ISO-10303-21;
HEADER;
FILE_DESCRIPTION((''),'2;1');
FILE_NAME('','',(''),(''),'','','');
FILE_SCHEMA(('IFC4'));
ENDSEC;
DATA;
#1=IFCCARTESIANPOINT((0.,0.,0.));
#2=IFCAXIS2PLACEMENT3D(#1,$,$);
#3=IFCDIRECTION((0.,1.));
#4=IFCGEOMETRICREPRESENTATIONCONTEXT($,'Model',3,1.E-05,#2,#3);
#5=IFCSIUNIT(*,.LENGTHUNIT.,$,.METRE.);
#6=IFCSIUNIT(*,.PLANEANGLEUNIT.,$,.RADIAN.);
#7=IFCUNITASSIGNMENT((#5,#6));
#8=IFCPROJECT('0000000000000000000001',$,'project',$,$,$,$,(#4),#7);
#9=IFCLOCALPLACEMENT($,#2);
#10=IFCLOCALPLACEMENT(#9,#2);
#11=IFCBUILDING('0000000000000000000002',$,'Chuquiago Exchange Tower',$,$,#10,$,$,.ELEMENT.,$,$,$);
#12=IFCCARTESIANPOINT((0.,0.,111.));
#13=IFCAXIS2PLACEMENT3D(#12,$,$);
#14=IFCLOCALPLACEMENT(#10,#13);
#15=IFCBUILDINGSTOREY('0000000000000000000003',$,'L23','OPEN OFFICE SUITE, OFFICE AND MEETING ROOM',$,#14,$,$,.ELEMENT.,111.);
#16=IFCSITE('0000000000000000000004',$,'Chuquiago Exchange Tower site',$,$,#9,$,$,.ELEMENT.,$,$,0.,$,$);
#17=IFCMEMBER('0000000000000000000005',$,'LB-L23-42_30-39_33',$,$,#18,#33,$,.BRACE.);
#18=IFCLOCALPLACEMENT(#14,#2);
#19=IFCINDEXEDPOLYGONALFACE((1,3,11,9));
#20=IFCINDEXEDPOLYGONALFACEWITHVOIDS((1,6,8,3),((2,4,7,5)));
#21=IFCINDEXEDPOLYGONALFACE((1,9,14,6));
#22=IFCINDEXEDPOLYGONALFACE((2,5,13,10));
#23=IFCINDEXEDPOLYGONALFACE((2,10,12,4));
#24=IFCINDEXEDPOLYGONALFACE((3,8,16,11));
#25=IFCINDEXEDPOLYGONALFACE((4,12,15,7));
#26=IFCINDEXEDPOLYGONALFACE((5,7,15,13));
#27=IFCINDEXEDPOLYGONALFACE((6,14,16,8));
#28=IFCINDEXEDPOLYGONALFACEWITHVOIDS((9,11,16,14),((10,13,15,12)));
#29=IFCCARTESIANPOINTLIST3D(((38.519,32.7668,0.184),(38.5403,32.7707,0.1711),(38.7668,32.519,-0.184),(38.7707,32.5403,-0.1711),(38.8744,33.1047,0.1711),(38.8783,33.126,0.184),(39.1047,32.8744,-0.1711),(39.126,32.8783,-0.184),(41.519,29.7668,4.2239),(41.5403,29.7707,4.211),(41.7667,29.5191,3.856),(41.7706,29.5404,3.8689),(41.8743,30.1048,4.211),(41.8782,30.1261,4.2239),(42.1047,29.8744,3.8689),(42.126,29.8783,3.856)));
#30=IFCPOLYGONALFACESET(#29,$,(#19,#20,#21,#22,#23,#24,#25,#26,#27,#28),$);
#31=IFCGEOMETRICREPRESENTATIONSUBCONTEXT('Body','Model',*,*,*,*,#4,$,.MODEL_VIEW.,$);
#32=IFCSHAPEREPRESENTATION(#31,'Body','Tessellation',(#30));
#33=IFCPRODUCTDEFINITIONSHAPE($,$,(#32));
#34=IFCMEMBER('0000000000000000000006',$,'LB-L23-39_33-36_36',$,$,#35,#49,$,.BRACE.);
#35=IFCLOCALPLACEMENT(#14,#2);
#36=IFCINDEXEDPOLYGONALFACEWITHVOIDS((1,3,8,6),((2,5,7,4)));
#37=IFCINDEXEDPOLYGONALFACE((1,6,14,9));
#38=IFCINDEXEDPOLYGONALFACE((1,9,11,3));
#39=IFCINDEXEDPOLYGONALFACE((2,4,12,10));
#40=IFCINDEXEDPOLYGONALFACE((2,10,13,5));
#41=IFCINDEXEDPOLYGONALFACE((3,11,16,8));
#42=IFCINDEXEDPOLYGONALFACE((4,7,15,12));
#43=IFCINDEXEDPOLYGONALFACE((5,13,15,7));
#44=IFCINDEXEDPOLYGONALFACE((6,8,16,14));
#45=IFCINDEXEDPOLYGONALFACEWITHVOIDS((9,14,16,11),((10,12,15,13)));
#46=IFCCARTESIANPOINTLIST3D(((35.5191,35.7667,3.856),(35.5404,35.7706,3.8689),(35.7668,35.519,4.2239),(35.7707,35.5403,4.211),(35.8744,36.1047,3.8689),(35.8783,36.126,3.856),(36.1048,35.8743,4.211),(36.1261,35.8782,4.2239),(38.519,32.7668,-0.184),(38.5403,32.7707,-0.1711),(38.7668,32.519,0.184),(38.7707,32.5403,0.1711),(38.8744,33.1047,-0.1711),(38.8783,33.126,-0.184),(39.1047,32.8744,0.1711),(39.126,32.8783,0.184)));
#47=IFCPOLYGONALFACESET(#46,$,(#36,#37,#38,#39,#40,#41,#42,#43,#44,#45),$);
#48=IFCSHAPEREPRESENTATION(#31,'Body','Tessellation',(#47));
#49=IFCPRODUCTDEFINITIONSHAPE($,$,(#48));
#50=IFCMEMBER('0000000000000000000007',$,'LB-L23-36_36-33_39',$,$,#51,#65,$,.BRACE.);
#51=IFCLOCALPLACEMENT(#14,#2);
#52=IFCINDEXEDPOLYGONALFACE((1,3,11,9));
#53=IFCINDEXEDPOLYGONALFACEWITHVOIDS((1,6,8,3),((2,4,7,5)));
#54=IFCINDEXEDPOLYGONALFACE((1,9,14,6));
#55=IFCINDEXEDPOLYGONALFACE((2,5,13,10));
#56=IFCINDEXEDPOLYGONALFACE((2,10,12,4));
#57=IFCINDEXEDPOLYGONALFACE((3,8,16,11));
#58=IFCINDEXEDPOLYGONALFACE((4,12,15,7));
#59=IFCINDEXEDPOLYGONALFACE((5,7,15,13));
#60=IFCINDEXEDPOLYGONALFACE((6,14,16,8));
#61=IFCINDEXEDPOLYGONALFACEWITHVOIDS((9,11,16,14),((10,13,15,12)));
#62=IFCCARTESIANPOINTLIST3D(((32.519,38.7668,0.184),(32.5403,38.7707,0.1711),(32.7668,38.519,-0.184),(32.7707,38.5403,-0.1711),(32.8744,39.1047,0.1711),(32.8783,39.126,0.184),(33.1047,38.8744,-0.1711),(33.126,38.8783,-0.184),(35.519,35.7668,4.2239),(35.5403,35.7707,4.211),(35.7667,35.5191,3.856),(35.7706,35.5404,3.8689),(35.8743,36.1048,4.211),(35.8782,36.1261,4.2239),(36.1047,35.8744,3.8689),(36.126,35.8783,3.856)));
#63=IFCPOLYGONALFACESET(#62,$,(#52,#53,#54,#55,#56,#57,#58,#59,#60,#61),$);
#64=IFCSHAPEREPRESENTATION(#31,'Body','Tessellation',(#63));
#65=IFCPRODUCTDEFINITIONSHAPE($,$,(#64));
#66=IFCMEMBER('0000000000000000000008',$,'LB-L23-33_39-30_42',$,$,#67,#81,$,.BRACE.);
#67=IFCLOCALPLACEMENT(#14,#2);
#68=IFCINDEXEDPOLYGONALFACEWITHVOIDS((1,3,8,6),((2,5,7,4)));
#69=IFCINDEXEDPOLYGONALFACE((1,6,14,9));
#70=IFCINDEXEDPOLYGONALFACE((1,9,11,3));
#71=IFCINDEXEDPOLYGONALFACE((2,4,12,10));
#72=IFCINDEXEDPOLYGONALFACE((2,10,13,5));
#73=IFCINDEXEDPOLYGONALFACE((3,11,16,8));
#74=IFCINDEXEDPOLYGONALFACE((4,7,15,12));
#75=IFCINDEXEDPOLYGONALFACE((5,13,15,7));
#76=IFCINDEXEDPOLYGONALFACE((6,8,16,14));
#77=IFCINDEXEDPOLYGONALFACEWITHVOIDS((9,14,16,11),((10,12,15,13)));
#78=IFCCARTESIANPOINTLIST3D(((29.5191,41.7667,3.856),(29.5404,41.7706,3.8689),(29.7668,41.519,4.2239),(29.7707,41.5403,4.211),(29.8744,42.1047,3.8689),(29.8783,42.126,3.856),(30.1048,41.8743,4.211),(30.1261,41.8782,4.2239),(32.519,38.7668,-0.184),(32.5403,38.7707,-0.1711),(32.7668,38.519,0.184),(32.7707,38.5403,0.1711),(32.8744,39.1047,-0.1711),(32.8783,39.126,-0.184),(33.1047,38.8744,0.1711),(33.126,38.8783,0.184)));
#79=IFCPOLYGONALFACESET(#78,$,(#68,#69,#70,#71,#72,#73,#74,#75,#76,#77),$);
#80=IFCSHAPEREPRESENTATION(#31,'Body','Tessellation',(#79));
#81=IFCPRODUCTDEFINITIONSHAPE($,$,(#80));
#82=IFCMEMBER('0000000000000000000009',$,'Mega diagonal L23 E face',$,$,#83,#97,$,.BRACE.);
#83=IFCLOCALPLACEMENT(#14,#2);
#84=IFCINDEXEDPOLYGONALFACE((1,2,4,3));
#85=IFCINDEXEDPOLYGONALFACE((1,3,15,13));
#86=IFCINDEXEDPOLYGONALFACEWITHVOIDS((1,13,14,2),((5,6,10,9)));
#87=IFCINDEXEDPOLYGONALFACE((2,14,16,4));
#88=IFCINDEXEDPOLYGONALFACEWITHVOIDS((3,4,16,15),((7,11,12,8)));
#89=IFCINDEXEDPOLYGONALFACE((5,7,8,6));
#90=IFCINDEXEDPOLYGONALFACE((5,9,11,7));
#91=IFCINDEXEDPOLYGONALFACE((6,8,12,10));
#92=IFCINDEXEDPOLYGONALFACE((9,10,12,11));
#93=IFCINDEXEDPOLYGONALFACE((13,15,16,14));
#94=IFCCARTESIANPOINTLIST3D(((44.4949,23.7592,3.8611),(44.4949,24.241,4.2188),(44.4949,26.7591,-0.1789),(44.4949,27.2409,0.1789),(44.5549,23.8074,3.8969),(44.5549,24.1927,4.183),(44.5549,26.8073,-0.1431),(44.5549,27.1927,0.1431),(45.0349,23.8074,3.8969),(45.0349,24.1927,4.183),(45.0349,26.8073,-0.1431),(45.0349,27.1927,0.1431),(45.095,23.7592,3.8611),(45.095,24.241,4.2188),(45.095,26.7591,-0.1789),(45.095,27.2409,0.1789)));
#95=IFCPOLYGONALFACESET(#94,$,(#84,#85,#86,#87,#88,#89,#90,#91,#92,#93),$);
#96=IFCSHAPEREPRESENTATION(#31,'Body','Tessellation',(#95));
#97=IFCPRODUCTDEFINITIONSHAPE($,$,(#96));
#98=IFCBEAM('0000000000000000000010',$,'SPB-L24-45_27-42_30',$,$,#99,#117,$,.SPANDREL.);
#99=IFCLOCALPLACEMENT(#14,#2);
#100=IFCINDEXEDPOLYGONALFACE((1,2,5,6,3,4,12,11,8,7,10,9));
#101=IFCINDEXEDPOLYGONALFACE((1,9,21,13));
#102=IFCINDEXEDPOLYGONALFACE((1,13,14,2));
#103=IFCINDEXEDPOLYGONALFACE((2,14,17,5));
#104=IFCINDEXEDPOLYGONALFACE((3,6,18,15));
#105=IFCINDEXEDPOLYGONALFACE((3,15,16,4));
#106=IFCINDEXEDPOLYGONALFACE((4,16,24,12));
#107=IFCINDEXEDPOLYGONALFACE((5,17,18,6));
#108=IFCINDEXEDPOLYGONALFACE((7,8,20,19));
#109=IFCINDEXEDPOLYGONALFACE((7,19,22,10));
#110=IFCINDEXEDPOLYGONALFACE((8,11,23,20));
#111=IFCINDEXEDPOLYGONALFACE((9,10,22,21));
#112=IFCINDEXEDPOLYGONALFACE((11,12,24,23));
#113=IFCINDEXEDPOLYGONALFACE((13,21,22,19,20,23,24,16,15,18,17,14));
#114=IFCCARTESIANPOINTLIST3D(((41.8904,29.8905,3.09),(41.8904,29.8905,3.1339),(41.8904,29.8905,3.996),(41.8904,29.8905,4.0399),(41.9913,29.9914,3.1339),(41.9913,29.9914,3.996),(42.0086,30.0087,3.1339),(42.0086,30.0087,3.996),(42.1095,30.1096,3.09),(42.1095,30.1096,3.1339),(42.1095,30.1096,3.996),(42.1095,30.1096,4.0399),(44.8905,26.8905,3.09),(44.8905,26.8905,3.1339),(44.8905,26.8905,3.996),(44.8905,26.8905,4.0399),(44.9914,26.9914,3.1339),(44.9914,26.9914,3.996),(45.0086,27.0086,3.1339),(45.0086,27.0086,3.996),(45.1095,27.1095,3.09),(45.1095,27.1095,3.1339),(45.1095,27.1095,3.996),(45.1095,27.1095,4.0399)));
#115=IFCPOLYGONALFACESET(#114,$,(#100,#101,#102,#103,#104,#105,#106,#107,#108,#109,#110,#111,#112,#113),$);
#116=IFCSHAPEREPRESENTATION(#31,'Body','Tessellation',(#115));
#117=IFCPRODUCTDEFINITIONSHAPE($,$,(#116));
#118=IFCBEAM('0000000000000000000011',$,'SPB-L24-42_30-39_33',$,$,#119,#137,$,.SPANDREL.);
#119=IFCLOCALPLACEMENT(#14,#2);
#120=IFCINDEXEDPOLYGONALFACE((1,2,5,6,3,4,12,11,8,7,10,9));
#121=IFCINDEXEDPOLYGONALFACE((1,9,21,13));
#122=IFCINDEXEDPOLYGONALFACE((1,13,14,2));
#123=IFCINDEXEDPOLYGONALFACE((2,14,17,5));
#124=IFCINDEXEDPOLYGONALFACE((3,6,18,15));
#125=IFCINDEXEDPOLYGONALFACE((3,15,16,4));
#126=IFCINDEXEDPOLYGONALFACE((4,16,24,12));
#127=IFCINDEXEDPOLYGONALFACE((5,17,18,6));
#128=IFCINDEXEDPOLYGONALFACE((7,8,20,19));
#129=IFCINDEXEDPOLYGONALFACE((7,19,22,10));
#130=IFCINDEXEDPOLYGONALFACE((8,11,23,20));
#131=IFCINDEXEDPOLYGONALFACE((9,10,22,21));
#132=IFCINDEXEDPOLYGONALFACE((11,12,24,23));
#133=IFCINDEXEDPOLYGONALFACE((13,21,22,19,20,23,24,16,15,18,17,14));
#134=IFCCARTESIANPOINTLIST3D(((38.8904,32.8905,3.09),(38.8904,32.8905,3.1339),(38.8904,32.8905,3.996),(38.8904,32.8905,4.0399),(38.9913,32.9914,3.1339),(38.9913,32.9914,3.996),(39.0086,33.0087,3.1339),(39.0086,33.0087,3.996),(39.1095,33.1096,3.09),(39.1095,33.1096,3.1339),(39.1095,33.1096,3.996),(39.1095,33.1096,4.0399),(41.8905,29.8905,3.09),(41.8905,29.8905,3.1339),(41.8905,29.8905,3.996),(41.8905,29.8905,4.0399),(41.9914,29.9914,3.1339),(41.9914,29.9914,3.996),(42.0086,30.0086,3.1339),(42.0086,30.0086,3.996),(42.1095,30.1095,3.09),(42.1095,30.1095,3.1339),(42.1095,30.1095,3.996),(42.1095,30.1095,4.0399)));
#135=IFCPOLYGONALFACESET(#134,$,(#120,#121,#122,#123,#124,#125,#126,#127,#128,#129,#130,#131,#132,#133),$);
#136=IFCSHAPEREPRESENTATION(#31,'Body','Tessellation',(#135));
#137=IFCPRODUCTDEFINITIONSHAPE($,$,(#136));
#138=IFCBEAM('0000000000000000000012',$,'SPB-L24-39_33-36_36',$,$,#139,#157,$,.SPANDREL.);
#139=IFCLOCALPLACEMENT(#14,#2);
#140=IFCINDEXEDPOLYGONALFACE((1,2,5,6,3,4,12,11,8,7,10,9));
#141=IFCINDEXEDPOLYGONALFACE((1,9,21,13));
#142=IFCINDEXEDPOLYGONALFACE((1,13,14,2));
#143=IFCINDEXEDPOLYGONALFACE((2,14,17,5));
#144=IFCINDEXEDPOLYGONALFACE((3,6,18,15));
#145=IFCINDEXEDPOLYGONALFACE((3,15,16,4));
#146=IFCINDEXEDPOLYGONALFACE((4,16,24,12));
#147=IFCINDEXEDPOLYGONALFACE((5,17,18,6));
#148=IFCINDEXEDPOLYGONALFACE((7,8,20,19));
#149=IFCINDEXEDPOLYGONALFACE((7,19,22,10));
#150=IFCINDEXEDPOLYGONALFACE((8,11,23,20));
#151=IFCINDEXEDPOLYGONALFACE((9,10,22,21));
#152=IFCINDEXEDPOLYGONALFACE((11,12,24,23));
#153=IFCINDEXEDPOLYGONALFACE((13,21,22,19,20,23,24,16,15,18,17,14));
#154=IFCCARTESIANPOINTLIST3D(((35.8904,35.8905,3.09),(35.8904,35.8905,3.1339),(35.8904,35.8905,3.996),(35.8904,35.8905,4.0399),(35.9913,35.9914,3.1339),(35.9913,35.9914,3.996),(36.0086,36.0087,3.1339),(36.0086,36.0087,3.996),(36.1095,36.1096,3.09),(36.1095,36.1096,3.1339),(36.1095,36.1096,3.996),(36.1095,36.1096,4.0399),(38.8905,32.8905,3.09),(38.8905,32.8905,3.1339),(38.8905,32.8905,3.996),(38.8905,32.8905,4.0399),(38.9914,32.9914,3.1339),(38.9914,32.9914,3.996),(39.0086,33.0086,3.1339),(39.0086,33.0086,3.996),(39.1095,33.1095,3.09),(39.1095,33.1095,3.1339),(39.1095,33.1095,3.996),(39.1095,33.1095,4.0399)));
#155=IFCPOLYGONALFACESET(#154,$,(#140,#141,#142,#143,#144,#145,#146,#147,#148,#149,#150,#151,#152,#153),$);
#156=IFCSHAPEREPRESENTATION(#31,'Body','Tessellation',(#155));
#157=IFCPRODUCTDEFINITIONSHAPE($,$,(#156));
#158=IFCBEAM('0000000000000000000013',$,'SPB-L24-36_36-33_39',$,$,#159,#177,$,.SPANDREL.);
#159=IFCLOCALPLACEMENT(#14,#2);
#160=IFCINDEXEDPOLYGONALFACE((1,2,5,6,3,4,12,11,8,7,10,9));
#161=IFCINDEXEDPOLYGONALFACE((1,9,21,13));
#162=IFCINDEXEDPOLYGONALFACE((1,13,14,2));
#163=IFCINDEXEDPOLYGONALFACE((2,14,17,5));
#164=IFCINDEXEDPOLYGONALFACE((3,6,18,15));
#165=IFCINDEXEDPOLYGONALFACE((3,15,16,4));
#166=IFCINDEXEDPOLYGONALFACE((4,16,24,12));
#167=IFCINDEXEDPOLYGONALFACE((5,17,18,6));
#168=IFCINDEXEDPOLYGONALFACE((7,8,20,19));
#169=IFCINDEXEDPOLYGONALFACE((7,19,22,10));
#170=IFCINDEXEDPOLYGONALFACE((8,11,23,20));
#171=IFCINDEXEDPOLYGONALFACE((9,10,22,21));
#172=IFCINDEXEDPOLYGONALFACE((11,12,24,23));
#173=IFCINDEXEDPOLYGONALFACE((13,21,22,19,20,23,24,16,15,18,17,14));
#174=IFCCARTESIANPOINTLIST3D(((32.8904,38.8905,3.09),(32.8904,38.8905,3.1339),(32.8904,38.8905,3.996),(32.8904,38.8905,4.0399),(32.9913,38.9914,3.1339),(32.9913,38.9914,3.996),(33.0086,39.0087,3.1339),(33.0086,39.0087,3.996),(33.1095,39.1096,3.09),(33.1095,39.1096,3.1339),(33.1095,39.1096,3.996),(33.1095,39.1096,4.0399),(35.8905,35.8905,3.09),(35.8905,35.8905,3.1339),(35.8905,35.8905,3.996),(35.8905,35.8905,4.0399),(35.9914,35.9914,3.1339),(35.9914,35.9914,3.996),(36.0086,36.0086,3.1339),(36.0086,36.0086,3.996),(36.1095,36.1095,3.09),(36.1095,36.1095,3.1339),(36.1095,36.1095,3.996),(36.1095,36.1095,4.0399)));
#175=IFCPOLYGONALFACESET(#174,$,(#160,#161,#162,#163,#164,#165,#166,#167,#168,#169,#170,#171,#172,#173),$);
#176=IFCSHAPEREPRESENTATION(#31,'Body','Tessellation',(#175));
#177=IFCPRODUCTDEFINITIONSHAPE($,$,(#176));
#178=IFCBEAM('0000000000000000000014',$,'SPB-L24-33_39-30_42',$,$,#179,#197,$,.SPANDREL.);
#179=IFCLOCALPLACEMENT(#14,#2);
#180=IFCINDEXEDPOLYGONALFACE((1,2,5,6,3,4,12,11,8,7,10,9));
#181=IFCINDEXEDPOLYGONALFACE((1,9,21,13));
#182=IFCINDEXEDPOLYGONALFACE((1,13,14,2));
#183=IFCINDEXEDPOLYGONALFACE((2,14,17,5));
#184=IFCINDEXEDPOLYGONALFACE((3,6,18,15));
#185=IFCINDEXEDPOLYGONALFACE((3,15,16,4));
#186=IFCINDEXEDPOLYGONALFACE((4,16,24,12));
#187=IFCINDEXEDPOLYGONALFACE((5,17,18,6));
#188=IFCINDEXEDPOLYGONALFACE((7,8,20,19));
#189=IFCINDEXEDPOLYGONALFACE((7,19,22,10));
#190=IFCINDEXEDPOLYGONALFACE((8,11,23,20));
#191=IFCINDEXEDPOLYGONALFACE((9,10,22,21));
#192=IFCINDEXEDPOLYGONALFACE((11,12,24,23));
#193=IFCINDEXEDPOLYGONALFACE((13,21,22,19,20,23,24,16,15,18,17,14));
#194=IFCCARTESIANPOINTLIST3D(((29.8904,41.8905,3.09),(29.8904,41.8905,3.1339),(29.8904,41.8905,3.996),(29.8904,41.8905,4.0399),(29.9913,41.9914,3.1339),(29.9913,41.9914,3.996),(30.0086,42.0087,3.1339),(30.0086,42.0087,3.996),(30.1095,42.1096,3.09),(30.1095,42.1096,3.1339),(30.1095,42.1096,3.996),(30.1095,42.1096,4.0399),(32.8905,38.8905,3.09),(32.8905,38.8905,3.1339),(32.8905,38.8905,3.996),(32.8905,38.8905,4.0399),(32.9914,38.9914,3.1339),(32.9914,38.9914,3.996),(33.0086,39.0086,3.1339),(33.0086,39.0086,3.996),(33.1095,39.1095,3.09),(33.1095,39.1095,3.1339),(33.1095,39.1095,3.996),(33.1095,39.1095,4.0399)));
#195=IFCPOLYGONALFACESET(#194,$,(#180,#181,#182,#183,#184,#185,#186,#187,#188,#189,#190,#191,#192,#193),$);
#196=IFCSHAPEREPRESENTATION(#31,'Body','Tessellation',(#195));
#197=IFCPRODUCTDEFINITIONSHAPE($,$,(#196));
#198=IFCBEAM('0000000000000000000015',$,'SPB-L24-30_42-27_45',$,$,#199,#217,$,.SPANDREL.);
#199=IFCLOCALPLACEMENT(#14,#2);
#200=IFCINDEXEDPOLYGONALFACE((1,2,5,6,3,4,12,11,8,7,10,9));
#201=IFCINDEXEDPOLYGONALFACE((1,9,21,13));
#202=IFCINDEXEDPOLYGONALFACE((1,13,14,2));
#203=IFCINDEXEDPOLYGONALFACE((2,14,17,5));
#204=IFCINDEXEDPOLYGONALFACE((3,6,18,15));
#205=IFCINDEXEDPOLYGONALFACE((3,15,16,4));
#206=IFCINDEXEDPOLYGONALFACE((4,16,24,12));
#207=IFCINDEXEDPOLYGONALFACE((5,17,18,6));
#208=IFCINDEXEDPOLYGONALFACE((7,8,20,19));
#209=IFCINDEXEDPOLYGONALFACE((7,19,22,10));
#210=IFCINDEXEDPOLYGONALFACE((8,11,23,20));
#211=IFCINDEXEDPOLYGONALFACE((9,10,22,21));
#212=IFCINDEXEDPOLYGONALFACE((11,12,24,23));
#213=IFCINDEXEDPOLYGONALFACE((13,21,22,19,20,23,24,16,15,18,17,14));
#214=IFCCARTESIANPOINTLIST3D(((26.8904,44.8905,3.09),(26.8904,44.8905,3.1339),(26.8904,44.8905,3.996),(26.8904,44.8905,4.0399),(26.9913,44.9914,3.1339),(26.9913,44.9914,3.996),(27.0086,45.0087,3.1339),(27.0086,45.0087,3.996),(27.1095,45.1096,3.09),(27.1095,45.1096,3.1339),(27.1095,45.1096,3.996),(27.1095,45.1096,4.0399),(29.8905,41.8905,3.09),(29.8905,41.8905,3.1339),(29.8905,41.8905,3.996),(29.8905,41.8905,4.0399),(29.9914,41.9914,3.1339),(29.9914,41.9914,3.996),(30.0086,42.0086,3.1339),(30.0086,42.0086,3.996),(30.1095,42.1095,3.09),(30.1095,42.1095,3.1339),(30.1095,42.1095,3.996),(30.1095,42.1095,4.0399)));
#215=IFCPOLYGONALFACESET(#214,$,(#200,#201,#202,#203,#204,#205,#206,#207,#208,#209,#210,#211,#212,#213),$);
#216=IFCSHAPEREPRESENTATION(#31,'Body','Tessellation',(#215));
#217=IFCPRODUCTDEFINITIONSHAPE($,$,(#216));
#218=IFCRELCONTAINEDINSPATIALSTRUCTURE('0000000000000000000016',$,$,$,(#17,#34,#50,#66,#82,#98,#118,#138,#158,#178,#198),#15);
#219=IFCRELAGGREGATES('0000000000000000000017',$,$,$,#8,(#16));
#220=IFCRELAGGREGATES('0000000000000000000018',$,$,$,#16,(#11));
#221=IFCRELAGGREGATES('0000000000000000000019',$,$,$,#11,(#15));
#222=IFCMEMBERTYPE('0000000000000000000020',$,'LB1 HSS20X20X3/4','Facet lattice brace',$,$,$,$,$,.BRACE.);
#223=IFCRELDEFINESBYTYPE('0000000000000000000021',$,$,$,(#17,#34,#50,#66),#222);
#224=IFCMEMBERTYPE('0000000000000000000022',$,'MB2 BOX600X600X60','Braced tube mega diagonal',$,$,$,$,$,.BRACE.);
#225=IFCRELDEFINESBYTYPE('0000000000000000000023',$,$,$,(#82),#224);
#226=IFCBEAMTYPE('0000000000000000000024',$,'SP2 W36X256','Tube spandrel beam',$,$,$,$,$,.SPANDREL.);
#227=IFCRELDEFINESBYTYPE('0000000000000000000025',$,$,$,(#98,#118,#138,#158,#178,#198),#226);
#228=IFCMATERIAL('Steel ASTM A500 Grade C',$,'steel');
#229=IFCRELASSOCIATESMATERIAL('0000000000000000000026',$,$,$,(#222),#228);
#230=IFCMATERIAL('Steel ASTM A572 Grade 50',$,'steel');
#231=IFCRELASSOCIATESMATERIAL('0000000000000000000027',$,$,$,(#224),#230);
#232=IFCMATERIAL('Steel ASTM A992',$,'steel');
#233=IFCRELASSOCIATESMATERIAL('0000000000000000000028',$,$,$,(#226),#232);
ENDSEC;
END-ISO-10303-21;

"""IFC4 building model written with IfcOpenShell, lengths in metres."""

from ifc_helpers import new_model, si_unit, direction, frame, origin, origin_2d, place, context, subcontext, project, spatial, hollow_rectangle, i_section, extrude, material, material_profile, profile_set, type_object, element, save


model = new_model("IFC4")

# Units and contexts
model_context = context("Model", 3, precision=1e-05, world=origin(), true_north=direction((0.0, 1.0)))
body_context = subcontext(model_context, "Body", "Model", "MODEL_VIEW")
ifc_project = project(units=[si_unit("LENGTHUNIT", "METRE"), si_unit("PLANEANGLEUNIT", "RADIAN")], contexts=[model_context])

# Site, building, storey
site_placement = place(None, origin())
site = spatial("IfcSite", under=ifc_project, at=site_placement, Name="Chuquiago Exchange Tower site", CompositionType="ELEMENT", RefElevation=0.0)
building_placement = place(site_placement, origin())
building = spatial("IfcBuilding", under=site, at=building_placement, Name="Chuquiago Exchange Tower", CompositionType="ELEMENT")
storey_placement = place(building_placement, frame((0.0, 0.0, 111.0)))
storey = spatial("IfcBuildingStorey", under=building, at=storey_placement, Name="L23", Description="OPEN OFFICE SUITE, OFFICE AND MEETING ROOM", CompositionType="ELEMENT", Elevation=111.0)

# Members
ifc_material_1 = material(Name="Steel ASTM A500 Grade C", Category="steel")
ifc_material_profile_1 = material_profile(ifc_material_1, hollow_rectangle(XDim=0.5081, YDim=0.5081, WallThickness=0.0178, at=origin_2d()), Name="HSS20X20X3/4")
ifc_profile_set_1 = profile_set([ifc_material_profile_1], Name="Steel ASTM A500 Grade C")
member_type_1 = type_object("IfcMemberType", Name="LB1 HSS20X20X3/4", Description="Facet lattice brace", PredefinedType="BRACE", material=ifc_profile_set_1)
for number, where, z_axis, x_axis, name in (
    (1, (38.8225, 32.8225, 0.0), (0.512077, -0.512077, 0.689604), (0.707107, 0.707107, 0.0), "LB-L23-42_30-39_33"),
    (2, (38.8225, 32.8225, 0.0), (-0.512077, 0.512077, 0.689604), (-0.707107, -0.707107, 0.0), "LB-L23-39_33-36_36"),
    (3, (32.8225, 38.8225, 0.0), (0.512077, -0.512077, 0.689604), (0.707107, 0.707107, 0.0), "LB-L23-36_36-33_39"),
    (4, (32.8225, 38.8225, 0.0), (-0.512077, 0.512077, 0.689604), (-0.707107, -0.707107, 0.0), "LB-L23-33_39-30_42"),
):
    element("IfcMember", number, at=place(storey_placement, frame(where, z_axis=z_axis, x_axis=x_axis)), inside=storey, type_object=member_type_1, Name=name, PredefinedType="BRACE", context=body_context, shape_type="SweptSolid", body=[
        extrude(hollow_rectangle(XDim=0.5081, YDim=0.5081, WallThickness=0.0178, at=origin_2d()), origin(), (0.0, 0.0, 1.0), 5.8584),
    ])
ifc_material_2 = material(Name="Steel ASTM A572 Grade 50", Category="steel")
ifc_material_profile_2 = material_profile(ifc_material_2, hollow_rectangle(XDim=0.6001, YDim=0.6001, WallThickness=0.0601, at=origin_2d()), Name="BOX600X600X60")
ifc_profile_set_2 = profile_set([ifc_material_profile_2], Name="Steel ASTM A572 Grade 50")
member_type_2 = type_object("IfcMemberType", Name="MB2 BOX600X600X60", Description="Braced tube mega diagonal", PredefinedType="BRACE", material=ifc_profile_set_2)
member_1_placement = place(storey_placement, frame((44.7949, 27.0, 0.0), z_axis=(0.0, -0.596174, 0.802855), x_axis=(1.0, 0.0, 0.0)))
element("IfcMember", 5, at=member_1_placement, inside=storey, type_object=member_type_2, Name="Mega diagonal L23 E face", PredefinedType="BRACE", context=body_context, shape_type="SweptSolid", body=[
    extrude(hollow_rectangle(XDim=0.6001, YDim=0.6001, WallThickness=0.0601, at=origin_2d()), origin(), (0.0, 0.0, 1.0), 5.032),
])

# Beams
ifc_material_3 = material(Name="Steel ASTM A992", Category="steel")
ifc_material_profile_3 = material_profile(ifc_material_3, i_section(OverallWidth=0.3098, OverallDepth=0.95, WebThickness=0.0244, FlangeThickness=0.0439, at=origin_2d()), Name="W36X256")
ifc_profile_set_3 = profile_set([ifc_material_profile_3], Name="Steel ASTM A992")
beam_type_1 = type_object("IfcBeamType", Name="SP2 W36X256", Description="Tube spandrel beam", PredefinedType="SPANDREL", material=ifc_profile_set_3)
for number, where, z_axis, x_axis, name in (
    (6, (45.0, 27.0, 3.5649), (-0.707107, 0.707107, 0.0), (-0.707107, -0.707107, 0.0), "SPB-L24-45_27-42_30"),
    (7, (42.0, 30.0, 3.5649), (-0.707107, 0.707107, 0.0), (-0.707107, -0.707107, 0.0), "SPB-L24-42_30-39_33"),
    (8, (39.0, 33.0, 3.5649), (-0.707107, 0.707107, 0.0), (-0.707107, -0.707107, 0.0), "SPB-L24-39_33-36_36"),
    (9, (36.0, 36.0, 3.5649), (-0.707107, 0.707107, 0.0), (-0.707107, -0.707107, 0.0), "SPB-L24-36_36-33_39"),
    (10, (33.0, 39.0, 3.5649), (-0.707107, 0.707107, 0.0), (-0.707107, -0.707107, 0.0), "SPB-L24-33_39-30_42"),
    (11, (30.0, 42.0, 3.5649), (-0.707107, 0.707107, 0.0), (-0.707107, -0.707107, 0.0), "SPB-L24-30_42-27_45"),
):
    element("IfcBeam", number, at=place(storey_placement, frame(where, z_axis=z_axis, x_axis=x_axis)), inside=storey, type_object=beam_type_1, Name=name, PredefinedType="SPANDREL", context=body_context, shape_type="SweptSolid", body=[
        extrude(i_section(OverallWidth=0.3098, OverallDepth=0.95, WebThickness=0.0244, FlangeThickness=0.0439, at=origin_2d()), origin(), (0.0, 0.0, 1.0), 4.2427),
    ])

save(model, "model.ifc")
